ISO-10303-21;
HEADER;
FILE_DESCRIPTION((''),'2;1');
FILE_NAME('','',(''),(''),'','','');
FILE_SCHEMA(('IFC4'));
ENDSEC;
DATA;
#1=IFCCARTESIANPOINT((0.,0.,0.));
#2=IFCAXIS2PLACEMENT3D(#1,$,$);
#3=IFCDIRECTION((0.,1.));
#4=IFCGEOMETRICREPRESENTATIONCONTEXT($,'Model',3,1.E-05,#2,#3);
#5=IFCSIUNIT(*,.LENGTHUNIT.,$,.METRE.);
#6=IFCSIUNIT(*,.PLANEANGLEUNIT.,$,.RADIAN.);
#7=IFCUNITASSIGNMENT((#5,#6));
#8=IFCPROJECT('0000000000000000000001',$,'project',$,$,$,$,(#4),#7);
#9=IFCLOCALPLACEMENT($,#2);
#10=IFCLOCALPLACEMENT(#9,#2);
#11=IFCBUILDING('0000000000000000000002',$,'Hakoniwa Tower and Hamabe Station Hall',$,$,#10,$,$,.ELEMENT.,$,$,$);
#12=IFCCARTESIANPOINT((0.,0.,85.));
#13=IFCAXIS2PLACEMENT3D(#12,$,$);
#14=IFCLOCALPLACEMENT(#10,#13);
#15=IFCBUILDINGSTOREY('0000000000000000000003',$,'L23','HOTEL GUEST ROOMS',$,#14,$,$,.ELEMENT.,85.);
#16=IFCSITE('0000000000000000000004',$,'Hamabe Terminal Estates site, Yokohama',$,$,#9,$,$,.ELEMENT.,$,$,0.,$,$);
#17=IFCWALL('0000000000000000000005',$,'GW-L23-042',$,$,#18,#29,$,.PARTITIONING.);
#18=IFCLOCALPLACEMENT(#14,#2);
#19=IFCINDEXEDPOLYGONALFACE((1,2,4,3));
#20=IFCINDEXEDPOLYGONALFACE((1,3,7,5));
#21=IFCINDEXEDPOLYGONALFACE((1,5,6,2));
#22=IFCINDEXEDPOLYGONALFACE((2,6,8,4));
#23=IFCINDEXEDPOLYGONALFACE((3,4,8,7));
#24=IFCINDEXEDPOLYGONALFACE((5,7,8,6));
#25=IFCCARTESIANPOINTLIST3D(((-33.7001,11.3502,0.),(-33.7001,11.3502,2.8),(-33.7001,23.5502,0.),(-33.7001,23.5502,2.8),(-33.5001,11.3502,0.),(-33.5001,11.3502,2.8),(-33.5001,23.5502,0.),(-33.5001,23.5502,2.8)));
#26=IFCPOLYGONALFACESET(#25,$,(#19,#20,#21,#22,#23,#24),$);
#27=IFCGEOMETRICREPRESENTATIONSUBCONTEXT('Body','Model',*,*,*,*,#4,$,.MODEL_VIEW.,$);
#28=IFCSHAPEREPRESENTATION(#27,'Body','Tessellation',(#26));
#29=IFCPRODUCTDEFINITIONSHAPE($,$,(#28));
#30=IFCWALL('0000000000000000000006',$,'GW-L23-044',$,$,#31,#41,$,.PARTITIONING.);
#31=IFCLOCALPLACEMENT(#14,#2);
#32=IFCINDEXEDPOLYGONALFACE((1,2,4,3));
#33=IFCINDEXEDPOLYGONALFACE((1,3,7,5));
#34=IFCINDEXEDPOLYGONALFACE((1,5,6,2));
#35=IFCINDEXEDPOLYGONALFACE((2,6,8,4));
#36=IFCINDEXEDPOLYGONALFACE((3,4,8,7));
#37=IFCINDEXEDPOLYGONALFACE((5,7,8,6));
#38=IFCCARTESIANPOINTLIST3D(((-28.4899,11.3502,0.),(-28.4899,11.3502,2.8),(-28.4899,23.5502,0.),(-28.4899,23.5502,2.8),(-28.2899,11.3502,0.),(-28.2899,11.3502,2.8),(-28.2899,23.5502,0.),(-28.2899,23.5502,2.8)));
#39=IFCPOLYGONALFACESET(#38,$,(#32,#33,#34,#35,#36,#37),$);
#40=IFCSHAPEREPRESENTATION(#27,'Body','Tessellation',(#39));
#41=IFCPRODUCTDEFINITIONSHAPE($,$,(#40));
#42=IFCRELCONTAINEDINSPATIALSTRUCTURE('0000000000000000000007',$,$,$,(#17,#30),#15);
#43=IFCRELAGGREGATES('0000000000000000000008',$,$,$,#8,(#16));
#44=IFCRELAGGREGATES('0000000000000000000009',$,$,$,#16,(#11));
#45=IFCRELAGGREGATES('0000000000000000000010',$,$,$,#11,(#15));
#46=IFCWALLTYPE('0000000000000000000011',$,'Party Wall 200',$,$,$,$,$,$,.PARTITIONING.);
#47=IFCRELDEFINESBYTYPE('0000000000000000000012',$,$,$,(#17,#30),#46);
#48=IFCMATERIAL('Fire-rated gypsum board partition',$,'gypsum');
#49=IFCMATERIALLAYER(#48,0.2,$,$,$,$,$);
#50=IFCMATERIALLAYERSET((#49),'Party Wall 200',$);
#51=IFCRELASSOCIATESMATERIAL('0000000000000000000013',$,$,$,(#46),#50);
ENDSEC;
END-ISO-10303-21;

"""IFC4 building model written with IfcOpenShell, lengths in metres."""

from ifc_helpers import new_model, si_unit, direction, frame, frame_2d, origin, place, context, subcontext, project, spatial, rectangle, extrude, material, layer, layer_set, type_object, element, save


model = new_model("IFC4")

# Units and contexts
model_context = context("Model", 3, precision=1e-05, world=origin(), true_north=direction((0.0, 1.0)))
body_context = subcontext(model_context, "Body", "Model", "MODEL_VIEW")
ifc_project = project(units=[si_unit("LENGTHUNIT", "METRE"), si_unit("PLANEANGLEUNIT", "RADIAN")], contexts=[model_context])

# Site, building, storey
site_placement = place(None, origin())
site = spatial("IfcSite", under=ifc_project, at=site_placement, Name="Hamabe Terminal Estates site, Yokohama", CompositionType="ELEMENT", RefElevation=0.0)
building_placement = place(site_placement, origin())
building = spatial("IfcBuilding", under=site, at=building_placement, Name="Hakoniwa Tower and Hamabe Station Hall", CompositionType="ELEMENT")
storey_placement = place(building_placement, frame((0.0, 0.0, 85.0)))
storey = spatial("IfcBuildingStorey", under=building, at=storey_placement, Name="L23", Description="HOTEL GUEST ROOMS", CompositionType="ELEMENT", Elevation=85.0)

# Walls
ifc_material_1 = material(Name="Fire-rated gypsum board partition", Category="gypsum")
ifc_layer_1 = layer(ifc_material_1, 0.2)
ifc_layer_set_1 = layer_set([ifc_layer_1], Name="Party Wall 200")
wall_type_1 = type_object("IfcWallType", Name="Party Wall 200", PredefinedType="PARTITIONING", material=ifc_layer_set_1)
for number, where, z_axis, x_axis, name in (
    (1, (-33.6001, 11.3501, 0.0), (0.0, 0.0, 1.0), (0.0, 1.0, 0.0), "GW-L23-042"),
    (2, (-28.3899, 11.3501, 0.0), (0.0, 0.0, 1.0), (0.0, 1.0, 0.0), "GW-L23-044"),
):
    element("IfcWall", number, at=place(storey_placement, frame(where, z_axis=z_axis, x_axis=x_axis)), inside=storey, type_object=wall_type_1, Name=name, PredefinedType="PARTITIONING", context=body_context, shape_type="SweptSolid", body=[
        extrude(rectangle(XDim=12.2, YDim=0.2, at=frame_2d((6.1001, 0.0))), origin(), (0.0, 0.0, 1.0), 2.8),
    ])

save(model, "model.ifc")
